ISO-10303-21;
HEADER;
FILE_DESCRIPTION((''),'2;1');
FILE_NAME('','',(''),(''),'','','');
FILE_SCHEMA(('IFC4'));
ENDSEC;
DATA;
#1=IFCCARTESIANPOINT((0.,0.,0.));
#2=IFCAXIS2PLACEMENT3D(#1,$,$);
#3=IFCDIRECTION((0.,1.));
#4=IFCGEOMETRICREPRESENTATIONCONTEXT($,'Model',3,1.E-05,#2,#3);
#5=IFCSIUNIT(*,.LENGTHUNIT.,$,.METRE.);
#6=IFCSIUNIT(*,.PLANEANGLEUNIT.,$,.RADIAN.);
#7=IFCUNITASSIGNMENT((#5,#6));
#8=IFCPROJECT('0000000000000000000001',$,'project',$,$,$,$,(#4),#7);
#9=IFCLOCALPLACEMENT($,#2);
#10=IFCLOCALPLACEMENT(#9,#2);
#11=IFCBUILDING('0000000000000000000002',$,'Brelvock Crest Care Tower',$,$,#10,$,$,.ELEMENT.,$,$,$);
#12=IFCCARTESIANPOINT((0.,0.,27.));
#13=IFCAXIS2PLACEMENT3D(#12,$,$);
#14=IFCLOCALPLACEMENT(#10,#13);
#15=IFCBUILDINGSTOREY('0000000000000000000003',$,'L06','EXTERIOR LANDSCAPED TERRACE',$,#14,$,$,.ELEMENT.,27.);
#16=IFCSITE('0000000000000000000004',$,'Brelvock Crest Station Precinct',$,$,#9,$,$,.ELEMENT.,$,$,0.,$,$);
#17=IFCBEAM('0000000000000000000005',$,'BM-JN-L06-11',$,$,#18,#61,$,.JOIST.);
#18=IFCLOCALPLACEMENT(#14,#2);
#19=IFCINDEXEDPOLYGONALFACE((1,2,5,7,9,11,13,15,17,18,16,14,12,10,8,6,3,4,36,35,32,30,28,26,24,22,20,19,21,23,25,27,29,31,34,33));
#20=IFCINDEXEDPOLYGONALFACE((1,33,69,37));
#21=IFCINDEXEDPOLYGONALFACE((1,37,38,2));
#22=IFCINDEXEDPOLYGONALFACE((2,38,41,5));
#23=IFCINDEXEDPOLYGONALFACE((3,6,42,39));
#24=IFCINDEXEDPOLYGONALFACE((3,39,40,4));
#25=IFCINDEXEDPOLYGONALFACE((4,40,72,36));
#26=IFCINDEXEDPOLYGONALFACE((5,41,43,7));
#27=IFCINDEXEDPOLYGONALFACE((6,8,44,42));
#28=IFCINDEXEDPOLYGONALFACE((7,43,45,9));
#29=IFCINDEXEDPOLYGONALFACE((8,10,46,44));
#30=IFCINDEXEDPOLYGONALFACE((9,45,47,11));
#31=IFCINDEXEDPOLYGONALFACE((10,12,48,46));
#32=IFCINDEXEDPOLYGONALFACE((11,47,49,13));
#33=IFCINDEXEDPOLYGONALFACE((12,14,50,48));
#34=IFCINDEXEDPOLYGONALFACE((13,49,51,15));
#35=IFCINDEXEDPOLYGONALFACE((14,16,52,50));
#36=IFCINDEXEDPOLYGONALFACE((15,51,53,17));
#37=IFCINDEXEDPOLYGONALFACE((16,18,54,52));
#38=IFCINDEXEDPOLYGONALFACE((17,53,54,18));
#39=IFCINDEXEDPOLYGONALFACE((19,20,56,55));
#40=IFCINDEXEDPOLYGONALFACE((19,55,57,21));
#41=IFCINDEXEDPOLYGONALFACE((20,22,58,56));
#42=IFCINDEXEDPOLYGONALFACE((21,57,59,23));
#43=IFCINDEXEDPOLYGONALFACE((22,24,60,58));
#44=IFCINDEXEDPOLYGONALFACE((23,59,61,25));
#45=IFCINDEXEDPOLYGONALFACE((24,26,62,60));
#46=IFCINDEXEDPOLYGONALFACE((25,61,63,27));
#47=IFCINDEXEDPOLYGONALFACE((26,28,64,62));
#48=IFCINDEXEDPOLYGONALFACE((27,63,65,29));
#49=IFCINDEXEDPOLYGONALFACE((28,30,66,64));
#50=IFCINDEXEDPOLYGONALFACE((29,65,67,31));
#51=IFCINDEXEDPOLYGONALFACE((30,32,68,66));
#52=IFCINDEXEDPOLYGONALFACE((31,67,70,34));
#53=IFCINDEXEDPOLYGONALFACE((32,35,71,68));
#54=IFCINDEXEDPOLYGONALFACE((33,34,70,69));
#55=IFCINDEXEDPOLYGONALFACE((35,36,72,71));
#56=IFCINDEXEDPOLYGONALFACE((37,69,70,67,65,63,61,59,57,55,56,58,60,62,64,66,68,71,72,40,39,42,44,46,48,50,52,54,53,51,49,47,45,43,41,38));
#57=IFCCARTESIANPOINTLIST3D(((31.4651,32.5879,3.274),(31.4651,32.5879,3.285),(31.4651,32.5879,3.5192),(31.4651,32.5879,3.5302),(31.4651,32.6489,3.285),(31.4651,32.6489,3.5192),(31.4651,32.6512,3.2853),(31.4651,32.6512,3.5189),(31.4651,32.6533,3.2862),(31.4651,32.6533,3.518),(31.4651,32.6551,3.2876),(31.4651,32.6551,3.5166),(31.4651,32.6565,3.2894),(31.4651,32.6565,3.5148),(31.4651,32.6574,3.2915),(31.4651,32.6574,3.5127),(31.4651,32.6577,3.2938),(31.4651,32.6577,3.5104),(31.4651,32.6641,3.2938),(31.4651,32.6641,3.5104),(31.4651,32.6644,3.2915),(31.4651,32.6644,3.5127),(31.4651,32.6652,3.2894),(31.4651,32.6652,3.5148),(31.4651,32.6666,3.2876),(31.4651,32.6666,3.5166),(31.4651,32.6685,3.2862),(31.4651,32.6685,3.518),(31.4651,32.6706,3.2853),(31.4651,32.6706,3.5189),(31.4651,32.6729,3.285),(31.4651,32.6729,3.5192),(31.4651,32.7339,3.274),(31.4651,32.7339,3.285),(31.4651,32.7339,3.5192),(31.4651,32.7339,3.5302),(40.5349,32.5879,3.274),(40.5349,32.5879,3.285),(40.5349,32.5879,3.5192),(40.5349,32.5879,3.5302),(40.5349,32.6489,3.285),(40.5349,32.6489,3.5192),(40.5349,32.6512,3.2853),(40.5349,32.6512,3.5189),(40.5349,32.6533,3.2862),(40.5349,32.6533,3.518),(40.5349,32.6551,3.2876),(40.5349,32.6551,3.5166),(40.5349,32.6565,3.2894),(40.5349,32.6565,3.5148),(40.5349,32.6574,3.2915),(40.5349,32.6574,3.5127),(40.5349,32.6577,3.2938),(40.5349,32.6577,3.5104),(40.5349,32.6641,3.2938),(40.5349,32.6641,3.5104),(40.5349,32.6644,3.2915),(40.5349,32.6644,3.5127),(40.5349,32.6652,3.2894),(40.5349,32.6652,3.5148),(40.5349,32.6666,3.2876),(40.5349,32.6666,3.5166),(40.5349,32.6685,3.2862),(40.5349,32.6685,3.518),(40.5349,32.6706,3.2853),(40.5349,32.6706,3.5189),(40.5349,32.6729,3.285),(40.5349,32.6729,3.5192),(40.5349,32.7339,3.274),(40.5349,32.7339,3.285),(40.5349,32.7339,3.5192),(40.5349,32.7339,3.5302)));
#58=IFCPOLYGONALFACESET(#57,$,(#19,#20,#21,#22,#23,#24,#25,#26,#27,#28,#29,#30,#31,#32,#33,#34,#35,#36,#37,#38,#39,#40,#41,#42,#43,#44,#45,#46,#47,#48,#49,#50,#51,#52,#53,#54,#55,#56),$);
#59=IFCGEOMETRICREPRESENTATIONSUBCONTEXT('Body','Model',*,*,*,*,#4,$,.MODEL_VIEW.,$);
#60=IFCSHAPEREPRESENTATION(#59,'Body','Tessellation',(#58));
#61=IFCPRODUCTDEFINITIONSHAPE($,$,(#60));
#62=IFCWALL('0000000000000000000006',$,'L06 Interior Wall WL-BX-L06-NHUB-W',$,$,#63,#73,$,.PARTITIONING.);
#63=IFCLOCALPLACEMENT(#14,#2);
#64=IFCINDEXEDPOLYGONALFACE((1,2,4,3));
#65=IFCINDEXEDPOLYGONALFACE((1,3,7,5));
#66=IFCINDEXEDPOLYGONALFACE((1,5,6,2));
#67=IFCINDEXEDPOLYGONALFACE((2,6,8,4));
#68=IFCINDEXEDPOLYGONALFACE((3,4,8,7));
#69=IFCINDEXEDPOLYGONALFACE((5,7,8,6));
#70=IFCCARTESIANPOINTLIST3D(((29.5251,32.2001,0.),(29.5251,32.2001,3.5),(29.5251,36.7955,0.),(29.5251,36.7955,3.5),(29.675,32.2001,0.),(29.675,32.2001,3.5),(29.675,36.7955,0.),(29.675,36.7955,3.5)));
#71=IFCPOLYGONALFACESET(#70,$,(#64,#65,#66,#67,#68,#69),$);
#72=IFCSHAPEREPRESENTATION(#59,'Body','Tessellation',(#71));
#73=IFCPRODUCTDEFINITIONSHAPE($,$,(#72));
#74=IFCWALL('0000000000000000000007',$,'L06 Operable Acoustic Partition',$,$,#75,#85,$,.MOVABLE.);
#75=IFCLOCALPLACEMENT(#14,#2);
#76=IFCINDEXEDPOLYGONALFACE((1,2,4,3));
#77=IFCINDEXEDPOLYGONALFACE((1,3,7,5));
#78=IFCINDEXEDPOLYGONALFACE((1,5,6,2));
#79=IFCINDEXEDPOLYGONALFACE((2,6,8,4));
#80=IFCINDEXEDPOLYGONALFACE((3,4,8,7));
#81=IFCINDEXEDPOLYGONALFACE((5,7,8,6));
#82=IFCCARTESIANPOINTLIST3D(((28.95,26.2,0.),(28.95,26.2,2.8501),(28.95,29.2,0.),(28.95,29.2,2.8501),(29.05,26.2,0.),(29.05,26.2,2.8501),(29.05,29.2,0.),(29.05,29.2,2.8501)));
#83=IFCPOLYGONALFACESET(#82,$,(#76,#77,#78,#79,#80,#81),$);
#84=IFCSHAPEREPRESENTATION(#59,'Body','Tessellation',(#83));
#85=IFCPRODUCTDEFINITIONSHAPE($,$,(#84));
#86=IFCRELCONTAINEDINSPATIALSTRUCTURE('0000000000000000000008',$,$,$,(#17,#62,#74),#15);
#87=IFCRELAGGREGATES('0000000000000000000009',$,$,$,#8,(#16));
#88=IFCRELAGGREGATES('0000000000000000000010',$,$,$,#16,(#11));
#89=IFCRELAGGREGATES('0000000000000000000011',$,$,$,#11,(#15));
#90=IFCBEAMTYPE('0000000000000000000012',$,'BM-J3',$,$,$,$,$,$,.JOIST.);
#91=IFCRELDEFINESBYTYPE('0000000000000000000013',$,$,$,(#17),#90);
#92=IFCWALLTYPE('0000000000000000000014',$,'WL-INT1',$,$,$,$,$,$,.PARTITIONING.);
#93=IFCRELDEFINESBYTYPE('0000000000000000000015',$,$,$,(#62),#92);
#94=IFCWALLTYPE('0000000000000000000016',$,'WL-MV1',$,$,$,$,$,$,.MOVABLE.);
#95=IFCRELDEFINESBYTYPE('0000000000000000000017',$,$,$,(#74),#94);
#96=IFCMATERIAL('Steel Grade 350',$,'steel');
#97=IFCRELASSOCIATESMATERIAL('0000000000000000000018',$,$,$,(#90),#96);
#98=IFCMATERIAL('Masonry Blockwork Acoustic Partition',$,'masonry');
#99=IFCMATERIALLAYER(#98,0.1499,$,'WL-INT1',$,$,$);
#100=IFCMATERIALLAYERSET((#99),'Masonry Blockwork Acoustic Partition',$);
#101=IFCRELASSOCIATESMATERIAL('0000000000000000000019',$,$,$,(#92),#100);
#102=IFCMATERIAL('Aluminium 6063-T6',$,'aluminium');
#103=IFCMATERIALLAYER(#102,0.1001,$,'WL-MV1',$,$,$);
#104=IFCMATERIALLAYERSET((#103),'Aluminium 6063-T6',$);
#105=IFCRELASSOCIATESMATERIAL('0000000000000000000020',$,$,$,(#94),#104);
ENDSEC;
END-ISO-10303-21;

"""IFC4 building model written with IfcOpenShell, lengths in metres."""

from ifc_helpers import new_model, si_unit, direction, frame, frame_2d, origin, origin_2d, place, context, subcontext, project, spatial, rectangle, i_section, extrude, source, transform, mapped, material, layer, layer_set, material_profile, profile_set, type_object, element, save


model = new_model("IFC4")

# Units and contexts
model_context = context("Model", 3, precision=1e-05, world=origin(), true_north=direction((0.0, 1.0)))
body_context = subcontext(model_context, "Body", "Model", "MODEL_VIEW")
ifc_project = project(units=[si_unit("LENGTHUNIT", "METRE"), si_unit("PLANEANGLEUNIT", "RADIAN")], contexts=[model_context])

# Site, building, storey
site_placement = place(None, origin())
site = spatial("IfcSite", under=ifc_project, at=site_placement, Name="Brelvock Crest Station Precinct", CompositionType="ELEMENT", RefElevation=0.0)
building_placement = place(site_placement, origin())
building = spatial("IfcBuilding", under=site, at=building_placement, Name="Brelvock Crest Care Tower", CompositionType="ELEMENT")
storey_placement = place(building_placement, frame((0.0, 0.0, 27.0)))
storey = spatial("IfcBuildingStorey", under=building, at=storey_placement, Name="L06", Description="EXTERIOR LANDSCAPED TERRACE", CompositionType="ELEMENT", Elevation=27.0)

# Beam
ifc_material_1 = material(Name="Steel Grade 350", Category="steel")
ifc_material_profile = material_profile(ifc_material_1, i_section(OverallWidth=0.146, OverallDepth=0.2561, WebThickness=0.0063, FlangeThickness=0.011, FilletRadius=0.0088, at=origin_2d()), Name="250UB37.3")
ifc_profile_set = profile_set([ifc_material_profile], Name="Steel Grade 350")
beam_type = type_object("IfcBeamType", Name="BM-J3", PredefinedType="JOIST", material=ifc_profile_set)
shared_shape = source(origin(), body_context, "Body", "SweptSolid", [
    extrude(i_section(OverallWidth=0.146, OverallDepth=0.2561, WebThickness=0.0063, FlangeThickness=0.011, FilletRadius=0.0088, at=origin_2d()), origin(), (0.0, 0.0, 1.0), 9.0698),
])
for number, where, z_axis, x_axis, name in (
    (1, (31.4651, 32.6609, 3.4021), (1.0, 0.0, 0.0), (0.0, 1.0, 0.0), "BM-JN-L06-11"),
):
    element("IfcBeam", number, at=place(storey_placement, frame(where, z_axis=z_axis, x_axis=x_axis)), inside=storey, type_object=beam_type, Name=name, PredefinedType="JOIST", context=body_context, shape_type="MappedRepresentation", body=[
        mapped(shared_shape, transform((0.0, 0.0, 0.0), x_axis=(1.0, 0.0, 0.0), y_axis=(0.0, 1.0, 0.0), z_axis=(0.0, 0.0, 1.0), scale=1.0)),
    ])

# Walls
ifc_material_2 = material(Name="Masonry Blockwork Acoustic Partition", Category="masonry")
ifc_layer_1 = layer(ifc_material_2, 0.1499, Name="WL-INT1")
ifc_layer_set_1 = layer_set([ifc_layer_1], Name="Masonry Blockwork Acoustic Partition")
wall_type_1 = type_object("IfcWallType", Name="WL-INT1", PredefinedType="PARTITIONING", material=ifc_layer_set_1)
wall_1_placement = place(storey_placement, frame((29.6001, 32.2, 0.0), z_axis=(0.0, 0.0, 1.0), x_axis=(0.0, 1.0, 0.0)))
element("IfcWall", 2, at=wall_1_placement, inside=storey, type_object=wall_type_1, Name="L06 Interior Wall WL-BX-L06-NHUB-W", PredefinedType="PARTITIONING", context=body_context, shape_type="SweptSolid", body=[
    extrude(rectangle(XDim=4.5955, YDim=0.1499, at=frame_2d((2.2979, 0.0))), origin(), (0.0, 0.0, 1.0), 3.5),
])
ifc_material_3 = material(Name="Aluminium 6063-T6", Category="aluminium")
ifc_layer_2 = layer(ifc_material_3, 0.1001, Name="WL-MV1")
ifc_layer_set_2 = layer_set([ifc_layer_2], Name="Aluminium 6063-T6")
wall_type_2 = type_object("IfcWallType", Name="WL-MV1", PredefinedType="MOVABLE", material=ifc_layer_set_2)
wall_2_placement = place(storey_placement, frame((29.0, 26.2, 0.0), z_axis=(0.0, 0.0, 1.0), x_axis=(0.0, 1.0, 0.0)))
element("IfcWall", 3, at=wall_2_placement, inside=storey, type_object=wall_type_2, Name="L06 Operable Acoustic Partition", PredefinedType="MOVABLE", context=body_context, shape_type="SweptSolid", body=[
    extrude(rectangle(XDim=3.0, YDim=0.1001, at=frame_2d((1.5, 0.0))), origin(), (0.0, 0.0, 1.0), 2.8501),
])

save(model, "model.ifc")
